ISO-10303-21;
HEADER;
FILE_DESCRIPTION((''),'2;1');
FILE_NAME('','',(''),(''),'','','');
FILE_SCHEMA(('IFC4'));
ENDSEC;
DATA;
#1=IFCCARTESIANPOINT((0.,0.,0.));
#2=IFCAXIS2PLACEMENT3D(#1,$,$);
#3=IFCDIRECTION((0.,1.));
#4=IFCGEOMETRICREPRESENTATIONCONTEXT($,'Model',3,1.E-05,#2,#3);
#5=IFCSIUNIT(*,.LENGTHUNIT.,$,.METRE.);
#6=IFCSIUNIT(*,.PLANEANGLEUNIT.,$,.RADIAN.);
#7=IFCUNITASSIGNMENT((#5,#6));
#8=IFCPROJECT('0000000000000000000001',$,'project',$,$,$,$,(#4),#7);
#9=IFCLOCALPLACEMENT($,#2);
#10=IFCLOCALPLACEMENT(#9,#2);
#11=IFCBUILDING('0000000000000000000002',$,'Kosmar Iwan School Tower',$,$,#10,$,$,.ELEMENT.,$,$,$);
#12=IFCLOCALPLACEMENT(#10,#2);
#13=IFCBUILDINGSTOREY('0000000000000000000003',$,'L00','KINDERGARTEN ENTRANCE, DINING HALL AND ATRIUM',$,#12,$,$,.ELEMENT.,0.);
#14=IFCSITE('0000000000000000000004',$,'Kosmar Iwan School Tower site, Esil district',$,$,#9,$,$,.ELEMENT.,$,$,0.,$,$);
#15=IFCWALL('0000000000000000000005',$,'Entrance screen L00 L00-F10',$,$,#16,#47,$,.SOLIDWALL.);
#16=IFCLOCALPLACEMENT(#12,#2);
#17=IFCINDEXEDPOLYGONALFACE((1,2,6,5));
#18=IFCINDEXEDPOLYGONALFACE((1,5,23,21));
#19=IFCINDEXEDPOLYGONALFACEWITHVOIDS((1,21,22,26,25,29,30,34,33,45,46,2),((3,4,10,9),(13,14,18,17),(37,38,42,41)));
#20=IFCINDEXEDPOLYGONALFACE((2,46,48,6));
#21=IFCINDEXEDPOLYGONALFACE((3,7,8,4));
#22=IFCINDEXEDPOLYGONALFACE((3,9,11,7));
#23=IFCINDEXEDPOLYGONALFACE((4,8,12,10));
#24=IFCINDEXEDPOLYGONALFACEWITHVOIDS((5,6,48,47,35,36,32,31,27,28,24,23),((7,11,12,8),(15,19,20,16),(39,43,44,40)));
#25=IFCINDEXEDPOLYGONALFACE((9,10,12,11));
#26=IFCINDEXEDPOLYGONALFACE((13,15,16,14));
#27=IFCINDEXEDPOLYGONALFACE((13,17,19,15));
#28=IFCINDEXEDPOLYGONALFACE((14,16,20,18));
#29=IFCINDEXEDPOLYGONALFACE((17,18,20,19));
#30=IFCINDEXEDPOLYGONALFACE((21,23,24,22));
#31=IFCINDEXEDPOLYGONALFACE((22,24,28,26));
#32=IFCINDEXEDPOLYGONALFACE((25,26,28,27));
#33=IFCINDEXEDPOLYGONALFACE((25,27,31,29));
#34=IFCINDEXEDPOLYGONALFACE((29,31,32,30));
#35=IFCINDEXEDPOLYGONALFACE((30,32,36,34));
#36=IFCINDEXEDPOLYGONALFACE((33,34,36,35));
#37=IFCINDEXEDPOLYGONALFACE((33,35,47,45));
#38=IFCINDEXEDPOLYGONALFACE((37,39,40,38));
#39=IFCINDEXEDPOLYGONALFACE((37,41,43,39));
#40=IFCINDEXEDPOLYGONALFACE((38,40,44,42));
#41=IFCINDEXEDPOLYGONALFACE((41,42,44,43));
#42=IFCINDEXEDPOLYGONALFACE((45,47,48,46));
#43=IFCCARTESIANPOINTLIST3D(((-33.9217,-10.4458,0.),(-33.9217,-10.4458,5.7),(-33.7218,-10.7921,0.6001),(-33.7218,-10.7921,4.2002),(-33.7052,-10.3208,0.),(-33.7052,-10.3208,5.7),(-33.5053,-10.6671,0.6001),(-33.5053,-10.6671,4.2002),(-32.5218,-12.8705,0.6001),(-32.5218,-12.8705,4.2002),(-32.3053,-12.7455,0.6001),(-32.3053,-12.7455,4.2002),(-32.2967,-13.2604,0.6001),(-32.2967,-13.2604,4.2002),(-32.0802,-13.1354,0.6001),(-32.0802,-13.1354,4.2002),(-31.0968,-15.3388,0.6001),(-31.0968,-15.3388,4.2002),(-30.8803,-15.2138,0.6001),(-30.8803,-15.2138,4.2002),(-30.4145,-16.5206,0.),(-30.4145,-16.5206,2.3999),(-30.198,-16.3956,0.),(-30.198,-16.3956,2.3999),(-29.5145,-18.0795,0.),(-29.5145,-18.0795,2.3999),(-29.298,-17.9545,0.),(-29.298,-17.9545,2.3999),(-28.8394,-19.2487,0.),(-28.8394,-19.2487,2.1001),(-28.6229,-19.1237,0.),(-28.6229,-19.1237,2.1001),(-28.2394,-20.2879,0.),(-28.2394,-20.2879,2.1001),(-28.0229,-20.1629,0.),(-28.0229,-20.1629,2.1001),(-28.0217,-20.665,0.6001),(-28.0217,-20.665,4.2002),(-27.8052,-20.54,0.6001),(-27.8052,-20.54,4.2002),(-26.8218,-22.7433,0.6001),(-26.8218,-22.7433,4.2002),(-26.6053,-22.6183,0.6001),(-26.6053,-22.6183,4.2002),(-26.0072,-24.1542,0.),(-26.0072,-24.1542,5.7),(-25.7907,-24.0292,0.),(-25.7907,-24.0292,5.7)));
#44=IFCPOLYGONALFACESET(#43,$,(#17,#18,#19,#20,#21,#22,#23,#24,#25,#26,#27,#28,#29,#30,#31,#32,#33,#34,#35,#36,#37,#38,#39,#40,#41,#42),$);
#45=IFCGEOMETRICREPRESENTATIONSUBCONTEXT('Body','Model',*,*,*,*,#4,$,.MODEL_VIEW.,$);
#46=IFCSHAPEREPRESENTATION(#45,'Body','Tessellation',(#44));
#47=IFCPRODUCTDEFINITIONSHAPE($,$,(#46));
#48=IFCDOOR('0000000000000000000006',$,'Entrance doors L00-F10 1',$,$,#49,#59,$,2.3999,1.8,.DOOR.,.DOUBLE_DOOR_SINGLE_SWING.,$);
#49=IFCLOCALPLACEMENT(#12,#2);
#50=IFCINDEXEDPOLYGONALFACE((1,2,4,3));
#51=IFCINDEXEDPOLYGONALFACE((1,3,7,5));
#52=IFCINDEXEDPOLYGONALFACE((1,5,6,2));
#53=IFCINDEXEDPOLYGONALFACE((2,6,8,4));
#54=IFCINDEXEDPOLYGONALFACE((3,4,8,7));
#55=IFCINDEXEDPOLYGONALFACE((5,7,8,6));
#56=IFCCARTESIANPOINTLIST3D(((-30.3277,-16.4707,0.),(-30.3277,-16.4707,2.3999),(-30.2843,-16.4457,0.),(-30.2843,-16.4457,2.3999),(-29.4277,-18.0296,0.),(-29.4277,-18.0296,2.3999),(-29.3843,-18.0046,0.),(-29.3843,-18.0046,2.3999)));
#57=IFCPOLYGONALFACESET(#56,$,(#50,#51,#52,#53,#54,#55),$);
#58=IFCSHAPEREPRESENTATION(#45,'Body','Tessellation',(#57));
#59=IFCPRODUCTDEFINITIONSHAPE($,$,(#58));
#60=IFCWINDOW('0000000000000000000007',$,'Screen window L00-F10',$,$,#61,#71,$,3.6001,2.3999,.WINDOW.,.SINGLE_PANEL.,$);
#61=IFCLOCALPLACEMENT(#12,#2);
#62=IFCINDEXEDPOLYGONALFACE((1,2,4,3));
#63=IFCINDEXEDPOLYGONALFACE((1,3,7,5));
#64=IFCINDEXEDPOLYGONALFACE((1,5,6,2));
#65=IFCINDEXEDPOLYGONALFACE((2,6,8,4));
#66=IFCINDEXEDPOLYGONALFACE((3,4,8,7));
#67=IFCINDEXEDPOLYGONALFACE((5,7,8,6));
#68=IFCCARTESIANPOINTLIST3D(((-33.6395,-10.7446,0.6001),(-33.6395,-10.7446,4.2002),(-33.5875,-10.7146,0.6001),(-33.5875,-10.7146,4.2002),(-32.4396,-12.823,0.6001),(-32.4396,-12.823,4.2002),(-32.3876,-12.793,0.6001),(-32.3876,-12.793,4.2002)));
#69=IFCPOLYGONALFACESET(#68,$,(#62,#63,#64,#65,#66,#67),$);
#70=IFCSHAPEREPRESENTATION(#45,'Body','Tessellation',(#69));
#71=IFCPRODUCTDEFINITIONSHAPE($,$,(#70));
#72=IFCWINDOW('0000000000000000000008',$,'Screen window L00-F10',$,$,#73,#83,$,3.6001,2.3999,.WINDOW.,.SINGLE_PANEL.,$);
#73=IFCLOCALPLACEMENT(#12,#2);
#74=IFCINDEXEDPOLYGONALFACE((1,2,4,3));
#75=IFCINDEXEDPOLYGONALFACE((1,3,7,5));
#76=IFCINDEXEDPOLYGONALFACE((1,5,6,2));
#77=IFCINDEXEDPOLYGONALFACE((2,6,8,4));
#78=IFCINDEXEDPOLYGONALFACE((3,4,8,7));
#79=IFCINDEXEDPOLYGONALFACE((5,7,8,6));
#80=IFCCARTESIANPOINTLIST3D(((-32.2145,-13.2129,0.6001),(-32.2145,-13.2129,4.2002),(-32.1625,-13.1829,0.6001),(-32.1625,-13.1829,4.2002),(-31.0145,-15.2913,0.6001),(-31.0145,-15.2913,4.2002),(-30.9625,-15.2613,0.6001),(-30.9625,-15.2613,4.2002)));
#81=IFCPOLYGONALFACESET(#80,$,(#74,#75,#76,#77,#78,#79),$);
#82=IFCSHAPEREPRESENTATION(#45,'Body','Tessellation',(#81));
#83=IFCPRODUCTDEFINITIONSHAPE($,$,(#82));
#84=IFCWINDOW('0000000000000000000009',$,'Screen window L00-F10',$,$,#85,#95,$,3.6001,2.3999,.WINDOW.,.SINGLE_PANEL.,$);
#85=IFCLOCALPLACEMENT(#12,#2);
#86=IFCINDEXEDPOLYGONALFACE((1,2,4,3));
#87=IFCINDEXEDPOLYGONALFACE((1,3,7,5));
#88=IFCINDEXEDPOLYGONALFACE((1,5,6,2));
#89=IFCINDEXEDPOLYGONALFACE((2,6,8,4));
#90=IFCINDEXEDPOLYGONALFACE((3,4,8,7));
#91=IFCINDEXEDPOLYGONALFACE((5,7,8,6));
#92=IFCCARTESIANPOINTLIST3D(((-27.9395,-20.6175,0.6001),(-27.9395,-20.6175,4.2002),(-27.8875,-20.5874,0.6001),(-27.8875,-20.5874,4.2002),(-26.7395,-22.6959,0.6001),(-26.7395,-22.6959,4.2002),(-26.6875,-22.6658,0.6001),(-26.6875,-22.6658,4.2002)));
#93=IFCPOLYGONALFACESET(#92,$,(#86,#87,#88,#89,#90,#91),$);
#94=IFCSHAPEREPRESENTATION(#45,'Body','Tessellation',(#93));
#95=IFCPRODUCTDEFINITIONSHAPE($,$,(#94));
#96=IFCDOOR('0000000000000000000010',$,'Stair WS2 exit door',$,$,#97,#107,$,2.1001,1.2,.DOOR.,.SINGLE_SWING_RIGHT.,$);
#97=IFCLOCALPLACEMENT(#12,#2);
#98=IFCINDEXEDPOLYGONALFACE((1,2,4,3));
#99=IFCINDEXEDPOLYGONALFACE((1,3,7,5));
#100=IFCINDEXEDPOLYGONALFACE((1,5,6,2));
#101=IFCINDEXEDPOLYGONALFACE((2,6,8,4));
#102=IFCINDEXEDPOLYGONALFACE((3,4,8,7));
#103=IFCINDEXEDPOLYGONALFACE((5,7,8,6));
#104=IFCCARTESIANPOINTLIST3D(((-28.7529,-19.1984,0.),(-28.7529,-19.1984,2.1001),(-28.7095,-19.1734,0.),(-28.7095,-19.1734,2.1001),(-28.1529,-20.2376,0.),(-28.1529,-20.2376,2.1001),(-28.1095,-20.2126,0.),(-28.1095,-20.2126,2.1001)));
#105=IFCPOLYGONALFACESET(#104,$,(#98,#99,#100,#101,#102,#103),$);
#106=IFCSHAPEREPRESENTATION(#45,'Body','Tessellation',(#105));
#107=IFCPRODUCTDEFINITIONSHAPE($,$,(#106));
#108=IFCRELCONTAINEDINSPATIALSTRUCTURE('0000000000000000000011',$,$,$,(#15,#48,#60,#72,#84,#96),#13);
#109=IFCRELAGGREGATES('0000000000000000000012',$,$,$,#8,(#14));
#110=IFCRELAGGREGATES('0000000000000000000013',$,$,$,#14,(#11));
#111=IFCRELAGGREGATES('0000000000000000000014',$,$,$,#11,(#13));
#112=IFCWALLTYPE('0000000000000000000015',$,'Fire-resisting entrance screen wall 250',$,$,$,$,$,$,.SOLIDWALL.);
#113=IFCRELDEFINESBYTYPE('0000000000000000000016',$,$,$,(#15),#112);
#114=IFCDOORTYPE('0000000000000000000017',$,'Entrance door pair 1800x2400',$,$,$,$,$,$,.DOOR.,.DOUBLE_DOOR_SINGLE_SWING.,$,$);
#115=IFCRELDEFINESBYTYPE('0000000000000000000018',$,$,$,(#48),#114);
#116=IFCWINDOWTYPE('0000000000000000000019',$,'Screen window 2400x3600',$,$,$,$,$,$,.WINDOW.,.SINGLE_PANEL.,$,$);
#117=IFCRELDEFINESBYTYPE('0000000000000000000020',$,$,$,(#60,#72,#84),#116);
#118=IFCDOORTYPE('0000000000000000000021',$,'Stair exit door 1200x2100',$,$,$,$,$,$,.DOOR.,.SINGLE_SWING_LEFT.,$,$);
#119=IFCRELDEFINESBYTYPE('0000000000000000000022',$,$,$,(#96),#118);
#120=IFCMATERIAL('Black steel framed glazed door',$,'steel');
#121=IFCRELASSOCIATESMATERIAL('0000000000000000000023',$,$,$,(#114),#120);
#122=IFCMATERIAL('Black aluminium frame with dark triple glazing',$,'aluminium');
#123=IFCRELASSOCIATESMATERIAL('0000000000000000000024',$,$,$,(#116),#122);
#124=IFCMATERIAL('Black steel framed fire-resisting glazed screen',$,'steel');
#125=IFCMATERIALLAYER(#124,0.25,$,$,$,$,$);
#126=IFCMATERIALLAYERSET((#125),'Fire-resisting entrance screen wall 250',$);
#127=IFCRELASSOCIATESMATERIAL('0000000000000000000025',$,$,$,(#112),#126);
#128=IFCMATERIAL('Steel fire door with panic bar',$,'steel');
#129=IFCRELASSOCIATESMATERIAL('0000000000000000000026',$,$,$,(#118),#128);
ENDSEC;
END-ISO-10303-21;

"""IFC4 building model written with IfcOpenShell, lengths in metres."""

from ifc_helpers import new_model, si_unit, direction, frame, frame_2d, origin, place, context, subcontext, project, spatial, rectangle, extrude, material, layer, layer_set, type_object, element, fill, save


model = new_model("IFC4")

# Units and contexts
model_context = context("Model", 3, precision=1e-05, world=origin(), true_north=direction((0.0, 1.0)))
body_context = subcontext(model_context, "Body", "Model", "MODEL_VIEW")
ifc_project = project(units=[si_unit("LENGTHUNIT", "METRE"), si_unit("PLANEANGLEUNIT", "RADIAN")], contexts=[model_context])

# Site, building, storey
site_placement = place(None, origin())
site = spatial("IfcSite", under=ifc_project, at=site_placement, Name="Kosmar Iwan School Tower site, Esil district", CompositionType="ELEMENT", RefElevation=0.0)
building_placement = place(site_placement, origin())
building = spatial("IfcBuilding", under=site, at=building_placement, Name="Kosmar Iwan School Tower", CompositionType="ELEMENT")
storey_placement = place(building_placement, origin())
storey = spatial("IfcBuildingStorey", under=building, at=storey_placement, Name="L00", Description="KINDERGARTEN ENTRANCE, DINING HALL AND ATRIUM", CompositionType="ELEMENT", Elevation=0.0)

# Shared definitions
ifc_material_1 = material(Name="Black steel framed glazed door", Category="steel")
door_type_1 = type_object("IfcDoorType", Name="Entrance door pair 1800x2400", OperationType="DOUBLE_DOOR_SINGLE_SWING", PredefinedType="DOOR", material=ifc_material_1)
ifc_material_2 = material(Name="Black aluminium frame with dark triple glazing", Category="aluminium")
window_type = type_object("IfcWindowType", Name="Screen window 2400x3600", PartitioningType="SINGLE_PANEL", PredefinedType="WINDOW", material=ifc_material_2)

# Wall, openings, doors, windows
ifc_material_3 = material(Name="Black steel framed fire-resisting glazed screen", Category="steel")
ifc_layer_1 = layer(ifc_material_3, 0.25)
ifc_layer_set_1 = layer_set([ifc_layer_1], Name="Fire-resisting entrance screen wall 250")
wall_type_1 = type_object("IfcWallType", Name="Fire-resisting entrance screen wall 250", PredefinedType="SOLIDWALL", material=ifc_layer_set_1)
wall_1_placement = place(storey_placement, frame((-33.8135, -10.3833, 0.0), z_axis=(0.0, 0.0, 1.0), x_axis=(0.499997, -0.866027, 0.0)))
wall_1 = element("IfcWall", 1, at=wall_1_placement, inside=storey, type_object=wall_type_1, Name="Entrance screen L00 L00-F10", PredefinedType="SOLIDWALL", context=body_context, shape_type="SweptSolid", body=[
    extrude(rectangle(XDim=15.8291, YDim=0.25, at=frame_2d((7.9146, 0.0))), origin(), (0.0, 0.0, 1.0), 5.7),
])
opening_1_placement = place(wall_1_placement, frame((7.0146, 0.0, 0.0)))
opening_1 = element("IfcOpeningElement", 2, at=opening_1_placement, cuts=wall_1, PredefinedType="OPENING", context=body_context, shape_type="SweptSolid", body=[
    extrude(rectangle(XDim=1.8, YDim=2.3999, at=frame_2d((0.8999, 1.2))), frame((0.0, 0.137, 0.0), z_axis=(0.0, -1.0, 0.0), x_axis=(1.0, 0.0, 0.0)), (0.0, 0.0, 1.0), 0.2739),
])
opening_2_placement = place(wall_1_placement, frame((0.3999, 0.0, 0.6001)))
opening_2 = element("IfcOpeningElement", 3, at=opening_2_placement, cuts=wall_1, PredefinedType="OPENING", context=body_context, shape_type="SweptSolid", body=[
    extrude(rectangle(XDim=2.3999, YDim=3.6001, at=frame_2d((1.2, 1.8))), frame((0.0, 0.137, 0.0), z_axis=(0.0, -1.0, 0.0), x_axis=(1.0, 0.0, 0.0)), (0.0, 0.0, 1.0), 0.2739),
])
opening_3_placement = place(wall_1_placement, frame((3.25, 0.0, 0.6001)))
opening_3 = element("IfcOpeningElement", 4, at=opening_3_placement, cuts=wall_1, PredefinedType="OPENING", context=body_context, shape_type="SweptSolid", body=[
    extrude(rectangle(XDim=2.3999, YDim=3.6001, at=frame_2d((1.2, 1.8))), frame((0.0, 0.137, 0.0), z_axis=(0.0, -1.0, 0.0), x_axis=(1.0, 0.0, 0.0)), (0.0, 0.0, 1.0), 0.2739),
])
opening_4_placement = place(wall_1_placement, frame((11.8, 0.0, 0.6001)))
opening_4 = element("IfcOpeningElement", 5, at=opening_4_placement, cuts=wall_1, PredefinedType="OPENING", context=body_context, shape_type="SweptSolid", body=[
    extrude(rectangle(XDim=2.3999, YDim=3.6001, at=frame_2d((1.2, 1.8))), frame((0.0, 0.137, 0.0), z_axis=(0.0, -1.0, 0.0), x_axis=(1.0, 0.0, 0.0)), (0.0, 0.0, 1.0), 0.2739),
])
opening_5_placement = place(wall_1_placement, frame((10.1646, 0.0, 0.0)))
opening_5 = element("IfcOpeningElement", 6, at=opening_5_placement, cuts=wall_1, PredefinedType="OPENING", context=body_context, shape_type="SweptSolid", body=[
    extrude(rectangle(XDim=1.2, YDim=2.1001, at=frame_2d((0.6001, 1.05))), frame((0.0, 0.137, 0.0), z_axis=(0.0, -1.0, 0.0), x_axis=(1.0, 0.0, 0.0)), (0.0, 0.0, 1.0), 0.2739),
])
door_1_placement = place(opening_1_placement, frame((1.8, 0.0, 0.0), z_axis=(0.0, 0.0, 1.0), x_axis=(-1.0, 0.0, 0.0)))
door_1 = element("IfcDoor", 7, at=door_1_placement, inside=storey, type_object=door_type_1, Name="Entrance doors L00-F10 1", OperationType="DOUBLE_DOOR_SINGLE_SWING", OverallHeight=2.3999, OverallWidth=1.8, PredefinedType="DOOR", context=body_context, shape_type="SweptSolid", body=[
    extrude(rectangle(XDim=1.8, YDim=2.3999, at=frame_2d((0.8999, 1.2))), frame((0.0, 0.0249, 0.0), z_axis=(0.0, -1.0, 0.0), x_axis=(1.0, 0.0, 0.0)), (0.0, 0.0, 1.0), 0.05),
])
fill(opening_1, door_1)
window_1_placement = place(opening_2_placement, origin())
window_1 = element("IfcWindow", 8, at=window_1_placement, inside=storey, type_object=window_type, Name="Screen window L00-F10", OverallHeight=3.6001, OverallWidth=2.3999, PartitioningType="SINGLE_PANEL", PredefinedType="WINDOW", context=body_context, shape_type="SweptSolid", body=[
    extrude(rectangle(XDim=2.3999, YDim=3.6001, at=frame_2d((1.2, 1.8))), frame((0.0, 0.03, 0.0), z_axis=(0.0, -1.0, 0.0), x_axis=(1.0, 0.0, 0.0)), (0.0, 0.0, 1.0), 0.0601),
])
fill(opening_2, window_1)
window_2_placement = place(opening_3_placement, origin())
window_2 = element("IfcWindow", 9, at=window_2_placement, inside=storey, type_object=window_type, Name="Screen window L00-F10", OverallHeight=3.6001, OverallWidth=2.3999, PartitioningType="SINGLE_PANEL", PredefinedType="WINDOW", context=body_context, shape_type="SweptSolid", body=[
    extrude(rectangle(XDim=2.3999, YDim=3.6001, at=frame_2d((1.2, 1.8))), frame((0.0, 0.03, 0.0), z_axis=(0.0, -1.0, 0.0), x_axis=(1.0, 0.0, 0.0)), (0.0, 0.0, 1.0), 0.0601),
])
fill(opening_3, window_2)
window_3_placement = place(opening_4_placement, origin())
window_3 = element("IfcWindow", 10, at=window_3_placement, inside=storey, type_object=window_type, Name="Screen window L00-F10", OverallHeight=3.6001, OverallWidth=2.3999, PartitioningType="SINGLE_PANEL", PredefinedType="WINDOW", context=body_context, shape_type="SweptSolid", body=[
    extrude(rectangle(XDim=2.3999, YDim=3.6001, at=frame_2d((1.2, 1.8))), frame((0.0, 0.03, 0.0), z_axis=(0.0, -1.0, 0.0), x_axis=(1.0, 0.0, 0.0)), (0.0, 0.0, 1.0), 0.0601),
])
fill(opening_4, window_3)
ifc_material_4 = material(Name="Steel fire door with panic bar", Category="steel")
door_type_2 = type_object("IfcDoorType", Name="Stair exit door 1200x2100", OperationType="SINGLE_SWING_LEFT", PredefinedType="DOOR", material=ifc_material_4)
door_2_placement = place(opening_5_placement, frame((1.2, 0.0, 0.0), z_axis=(0.0, 0.0, 1.0), x_axis=(-1.0, 0.0, 0.0)))
door_2 = element("IfcDoor", 11, at=door_2_placement, inside=storey, type_object=door_type_2, Name="Stair WS2 exit door", OperationType="SINGLE_SWING_RIGHT", OverallHeight=2.1001, OverallWidth=1.2, PredefinedType="DOOR", context=body_context, shape_type="SweptSolid", body=[
    extrude(rectangle(XDim=1.2, YDim=2.1001, at=frame_2d((0.6001, 1.05))), frame((0.0, 0.0249, 0.0), z_axis=(0.0, -1.0, 0.0), x_axis=(1.0, 0.0, 0.0)), (0.0, 0.0, 1.0), 0.05),
])
fill(opening_5, door_2)

save(model, "model.ifc")
